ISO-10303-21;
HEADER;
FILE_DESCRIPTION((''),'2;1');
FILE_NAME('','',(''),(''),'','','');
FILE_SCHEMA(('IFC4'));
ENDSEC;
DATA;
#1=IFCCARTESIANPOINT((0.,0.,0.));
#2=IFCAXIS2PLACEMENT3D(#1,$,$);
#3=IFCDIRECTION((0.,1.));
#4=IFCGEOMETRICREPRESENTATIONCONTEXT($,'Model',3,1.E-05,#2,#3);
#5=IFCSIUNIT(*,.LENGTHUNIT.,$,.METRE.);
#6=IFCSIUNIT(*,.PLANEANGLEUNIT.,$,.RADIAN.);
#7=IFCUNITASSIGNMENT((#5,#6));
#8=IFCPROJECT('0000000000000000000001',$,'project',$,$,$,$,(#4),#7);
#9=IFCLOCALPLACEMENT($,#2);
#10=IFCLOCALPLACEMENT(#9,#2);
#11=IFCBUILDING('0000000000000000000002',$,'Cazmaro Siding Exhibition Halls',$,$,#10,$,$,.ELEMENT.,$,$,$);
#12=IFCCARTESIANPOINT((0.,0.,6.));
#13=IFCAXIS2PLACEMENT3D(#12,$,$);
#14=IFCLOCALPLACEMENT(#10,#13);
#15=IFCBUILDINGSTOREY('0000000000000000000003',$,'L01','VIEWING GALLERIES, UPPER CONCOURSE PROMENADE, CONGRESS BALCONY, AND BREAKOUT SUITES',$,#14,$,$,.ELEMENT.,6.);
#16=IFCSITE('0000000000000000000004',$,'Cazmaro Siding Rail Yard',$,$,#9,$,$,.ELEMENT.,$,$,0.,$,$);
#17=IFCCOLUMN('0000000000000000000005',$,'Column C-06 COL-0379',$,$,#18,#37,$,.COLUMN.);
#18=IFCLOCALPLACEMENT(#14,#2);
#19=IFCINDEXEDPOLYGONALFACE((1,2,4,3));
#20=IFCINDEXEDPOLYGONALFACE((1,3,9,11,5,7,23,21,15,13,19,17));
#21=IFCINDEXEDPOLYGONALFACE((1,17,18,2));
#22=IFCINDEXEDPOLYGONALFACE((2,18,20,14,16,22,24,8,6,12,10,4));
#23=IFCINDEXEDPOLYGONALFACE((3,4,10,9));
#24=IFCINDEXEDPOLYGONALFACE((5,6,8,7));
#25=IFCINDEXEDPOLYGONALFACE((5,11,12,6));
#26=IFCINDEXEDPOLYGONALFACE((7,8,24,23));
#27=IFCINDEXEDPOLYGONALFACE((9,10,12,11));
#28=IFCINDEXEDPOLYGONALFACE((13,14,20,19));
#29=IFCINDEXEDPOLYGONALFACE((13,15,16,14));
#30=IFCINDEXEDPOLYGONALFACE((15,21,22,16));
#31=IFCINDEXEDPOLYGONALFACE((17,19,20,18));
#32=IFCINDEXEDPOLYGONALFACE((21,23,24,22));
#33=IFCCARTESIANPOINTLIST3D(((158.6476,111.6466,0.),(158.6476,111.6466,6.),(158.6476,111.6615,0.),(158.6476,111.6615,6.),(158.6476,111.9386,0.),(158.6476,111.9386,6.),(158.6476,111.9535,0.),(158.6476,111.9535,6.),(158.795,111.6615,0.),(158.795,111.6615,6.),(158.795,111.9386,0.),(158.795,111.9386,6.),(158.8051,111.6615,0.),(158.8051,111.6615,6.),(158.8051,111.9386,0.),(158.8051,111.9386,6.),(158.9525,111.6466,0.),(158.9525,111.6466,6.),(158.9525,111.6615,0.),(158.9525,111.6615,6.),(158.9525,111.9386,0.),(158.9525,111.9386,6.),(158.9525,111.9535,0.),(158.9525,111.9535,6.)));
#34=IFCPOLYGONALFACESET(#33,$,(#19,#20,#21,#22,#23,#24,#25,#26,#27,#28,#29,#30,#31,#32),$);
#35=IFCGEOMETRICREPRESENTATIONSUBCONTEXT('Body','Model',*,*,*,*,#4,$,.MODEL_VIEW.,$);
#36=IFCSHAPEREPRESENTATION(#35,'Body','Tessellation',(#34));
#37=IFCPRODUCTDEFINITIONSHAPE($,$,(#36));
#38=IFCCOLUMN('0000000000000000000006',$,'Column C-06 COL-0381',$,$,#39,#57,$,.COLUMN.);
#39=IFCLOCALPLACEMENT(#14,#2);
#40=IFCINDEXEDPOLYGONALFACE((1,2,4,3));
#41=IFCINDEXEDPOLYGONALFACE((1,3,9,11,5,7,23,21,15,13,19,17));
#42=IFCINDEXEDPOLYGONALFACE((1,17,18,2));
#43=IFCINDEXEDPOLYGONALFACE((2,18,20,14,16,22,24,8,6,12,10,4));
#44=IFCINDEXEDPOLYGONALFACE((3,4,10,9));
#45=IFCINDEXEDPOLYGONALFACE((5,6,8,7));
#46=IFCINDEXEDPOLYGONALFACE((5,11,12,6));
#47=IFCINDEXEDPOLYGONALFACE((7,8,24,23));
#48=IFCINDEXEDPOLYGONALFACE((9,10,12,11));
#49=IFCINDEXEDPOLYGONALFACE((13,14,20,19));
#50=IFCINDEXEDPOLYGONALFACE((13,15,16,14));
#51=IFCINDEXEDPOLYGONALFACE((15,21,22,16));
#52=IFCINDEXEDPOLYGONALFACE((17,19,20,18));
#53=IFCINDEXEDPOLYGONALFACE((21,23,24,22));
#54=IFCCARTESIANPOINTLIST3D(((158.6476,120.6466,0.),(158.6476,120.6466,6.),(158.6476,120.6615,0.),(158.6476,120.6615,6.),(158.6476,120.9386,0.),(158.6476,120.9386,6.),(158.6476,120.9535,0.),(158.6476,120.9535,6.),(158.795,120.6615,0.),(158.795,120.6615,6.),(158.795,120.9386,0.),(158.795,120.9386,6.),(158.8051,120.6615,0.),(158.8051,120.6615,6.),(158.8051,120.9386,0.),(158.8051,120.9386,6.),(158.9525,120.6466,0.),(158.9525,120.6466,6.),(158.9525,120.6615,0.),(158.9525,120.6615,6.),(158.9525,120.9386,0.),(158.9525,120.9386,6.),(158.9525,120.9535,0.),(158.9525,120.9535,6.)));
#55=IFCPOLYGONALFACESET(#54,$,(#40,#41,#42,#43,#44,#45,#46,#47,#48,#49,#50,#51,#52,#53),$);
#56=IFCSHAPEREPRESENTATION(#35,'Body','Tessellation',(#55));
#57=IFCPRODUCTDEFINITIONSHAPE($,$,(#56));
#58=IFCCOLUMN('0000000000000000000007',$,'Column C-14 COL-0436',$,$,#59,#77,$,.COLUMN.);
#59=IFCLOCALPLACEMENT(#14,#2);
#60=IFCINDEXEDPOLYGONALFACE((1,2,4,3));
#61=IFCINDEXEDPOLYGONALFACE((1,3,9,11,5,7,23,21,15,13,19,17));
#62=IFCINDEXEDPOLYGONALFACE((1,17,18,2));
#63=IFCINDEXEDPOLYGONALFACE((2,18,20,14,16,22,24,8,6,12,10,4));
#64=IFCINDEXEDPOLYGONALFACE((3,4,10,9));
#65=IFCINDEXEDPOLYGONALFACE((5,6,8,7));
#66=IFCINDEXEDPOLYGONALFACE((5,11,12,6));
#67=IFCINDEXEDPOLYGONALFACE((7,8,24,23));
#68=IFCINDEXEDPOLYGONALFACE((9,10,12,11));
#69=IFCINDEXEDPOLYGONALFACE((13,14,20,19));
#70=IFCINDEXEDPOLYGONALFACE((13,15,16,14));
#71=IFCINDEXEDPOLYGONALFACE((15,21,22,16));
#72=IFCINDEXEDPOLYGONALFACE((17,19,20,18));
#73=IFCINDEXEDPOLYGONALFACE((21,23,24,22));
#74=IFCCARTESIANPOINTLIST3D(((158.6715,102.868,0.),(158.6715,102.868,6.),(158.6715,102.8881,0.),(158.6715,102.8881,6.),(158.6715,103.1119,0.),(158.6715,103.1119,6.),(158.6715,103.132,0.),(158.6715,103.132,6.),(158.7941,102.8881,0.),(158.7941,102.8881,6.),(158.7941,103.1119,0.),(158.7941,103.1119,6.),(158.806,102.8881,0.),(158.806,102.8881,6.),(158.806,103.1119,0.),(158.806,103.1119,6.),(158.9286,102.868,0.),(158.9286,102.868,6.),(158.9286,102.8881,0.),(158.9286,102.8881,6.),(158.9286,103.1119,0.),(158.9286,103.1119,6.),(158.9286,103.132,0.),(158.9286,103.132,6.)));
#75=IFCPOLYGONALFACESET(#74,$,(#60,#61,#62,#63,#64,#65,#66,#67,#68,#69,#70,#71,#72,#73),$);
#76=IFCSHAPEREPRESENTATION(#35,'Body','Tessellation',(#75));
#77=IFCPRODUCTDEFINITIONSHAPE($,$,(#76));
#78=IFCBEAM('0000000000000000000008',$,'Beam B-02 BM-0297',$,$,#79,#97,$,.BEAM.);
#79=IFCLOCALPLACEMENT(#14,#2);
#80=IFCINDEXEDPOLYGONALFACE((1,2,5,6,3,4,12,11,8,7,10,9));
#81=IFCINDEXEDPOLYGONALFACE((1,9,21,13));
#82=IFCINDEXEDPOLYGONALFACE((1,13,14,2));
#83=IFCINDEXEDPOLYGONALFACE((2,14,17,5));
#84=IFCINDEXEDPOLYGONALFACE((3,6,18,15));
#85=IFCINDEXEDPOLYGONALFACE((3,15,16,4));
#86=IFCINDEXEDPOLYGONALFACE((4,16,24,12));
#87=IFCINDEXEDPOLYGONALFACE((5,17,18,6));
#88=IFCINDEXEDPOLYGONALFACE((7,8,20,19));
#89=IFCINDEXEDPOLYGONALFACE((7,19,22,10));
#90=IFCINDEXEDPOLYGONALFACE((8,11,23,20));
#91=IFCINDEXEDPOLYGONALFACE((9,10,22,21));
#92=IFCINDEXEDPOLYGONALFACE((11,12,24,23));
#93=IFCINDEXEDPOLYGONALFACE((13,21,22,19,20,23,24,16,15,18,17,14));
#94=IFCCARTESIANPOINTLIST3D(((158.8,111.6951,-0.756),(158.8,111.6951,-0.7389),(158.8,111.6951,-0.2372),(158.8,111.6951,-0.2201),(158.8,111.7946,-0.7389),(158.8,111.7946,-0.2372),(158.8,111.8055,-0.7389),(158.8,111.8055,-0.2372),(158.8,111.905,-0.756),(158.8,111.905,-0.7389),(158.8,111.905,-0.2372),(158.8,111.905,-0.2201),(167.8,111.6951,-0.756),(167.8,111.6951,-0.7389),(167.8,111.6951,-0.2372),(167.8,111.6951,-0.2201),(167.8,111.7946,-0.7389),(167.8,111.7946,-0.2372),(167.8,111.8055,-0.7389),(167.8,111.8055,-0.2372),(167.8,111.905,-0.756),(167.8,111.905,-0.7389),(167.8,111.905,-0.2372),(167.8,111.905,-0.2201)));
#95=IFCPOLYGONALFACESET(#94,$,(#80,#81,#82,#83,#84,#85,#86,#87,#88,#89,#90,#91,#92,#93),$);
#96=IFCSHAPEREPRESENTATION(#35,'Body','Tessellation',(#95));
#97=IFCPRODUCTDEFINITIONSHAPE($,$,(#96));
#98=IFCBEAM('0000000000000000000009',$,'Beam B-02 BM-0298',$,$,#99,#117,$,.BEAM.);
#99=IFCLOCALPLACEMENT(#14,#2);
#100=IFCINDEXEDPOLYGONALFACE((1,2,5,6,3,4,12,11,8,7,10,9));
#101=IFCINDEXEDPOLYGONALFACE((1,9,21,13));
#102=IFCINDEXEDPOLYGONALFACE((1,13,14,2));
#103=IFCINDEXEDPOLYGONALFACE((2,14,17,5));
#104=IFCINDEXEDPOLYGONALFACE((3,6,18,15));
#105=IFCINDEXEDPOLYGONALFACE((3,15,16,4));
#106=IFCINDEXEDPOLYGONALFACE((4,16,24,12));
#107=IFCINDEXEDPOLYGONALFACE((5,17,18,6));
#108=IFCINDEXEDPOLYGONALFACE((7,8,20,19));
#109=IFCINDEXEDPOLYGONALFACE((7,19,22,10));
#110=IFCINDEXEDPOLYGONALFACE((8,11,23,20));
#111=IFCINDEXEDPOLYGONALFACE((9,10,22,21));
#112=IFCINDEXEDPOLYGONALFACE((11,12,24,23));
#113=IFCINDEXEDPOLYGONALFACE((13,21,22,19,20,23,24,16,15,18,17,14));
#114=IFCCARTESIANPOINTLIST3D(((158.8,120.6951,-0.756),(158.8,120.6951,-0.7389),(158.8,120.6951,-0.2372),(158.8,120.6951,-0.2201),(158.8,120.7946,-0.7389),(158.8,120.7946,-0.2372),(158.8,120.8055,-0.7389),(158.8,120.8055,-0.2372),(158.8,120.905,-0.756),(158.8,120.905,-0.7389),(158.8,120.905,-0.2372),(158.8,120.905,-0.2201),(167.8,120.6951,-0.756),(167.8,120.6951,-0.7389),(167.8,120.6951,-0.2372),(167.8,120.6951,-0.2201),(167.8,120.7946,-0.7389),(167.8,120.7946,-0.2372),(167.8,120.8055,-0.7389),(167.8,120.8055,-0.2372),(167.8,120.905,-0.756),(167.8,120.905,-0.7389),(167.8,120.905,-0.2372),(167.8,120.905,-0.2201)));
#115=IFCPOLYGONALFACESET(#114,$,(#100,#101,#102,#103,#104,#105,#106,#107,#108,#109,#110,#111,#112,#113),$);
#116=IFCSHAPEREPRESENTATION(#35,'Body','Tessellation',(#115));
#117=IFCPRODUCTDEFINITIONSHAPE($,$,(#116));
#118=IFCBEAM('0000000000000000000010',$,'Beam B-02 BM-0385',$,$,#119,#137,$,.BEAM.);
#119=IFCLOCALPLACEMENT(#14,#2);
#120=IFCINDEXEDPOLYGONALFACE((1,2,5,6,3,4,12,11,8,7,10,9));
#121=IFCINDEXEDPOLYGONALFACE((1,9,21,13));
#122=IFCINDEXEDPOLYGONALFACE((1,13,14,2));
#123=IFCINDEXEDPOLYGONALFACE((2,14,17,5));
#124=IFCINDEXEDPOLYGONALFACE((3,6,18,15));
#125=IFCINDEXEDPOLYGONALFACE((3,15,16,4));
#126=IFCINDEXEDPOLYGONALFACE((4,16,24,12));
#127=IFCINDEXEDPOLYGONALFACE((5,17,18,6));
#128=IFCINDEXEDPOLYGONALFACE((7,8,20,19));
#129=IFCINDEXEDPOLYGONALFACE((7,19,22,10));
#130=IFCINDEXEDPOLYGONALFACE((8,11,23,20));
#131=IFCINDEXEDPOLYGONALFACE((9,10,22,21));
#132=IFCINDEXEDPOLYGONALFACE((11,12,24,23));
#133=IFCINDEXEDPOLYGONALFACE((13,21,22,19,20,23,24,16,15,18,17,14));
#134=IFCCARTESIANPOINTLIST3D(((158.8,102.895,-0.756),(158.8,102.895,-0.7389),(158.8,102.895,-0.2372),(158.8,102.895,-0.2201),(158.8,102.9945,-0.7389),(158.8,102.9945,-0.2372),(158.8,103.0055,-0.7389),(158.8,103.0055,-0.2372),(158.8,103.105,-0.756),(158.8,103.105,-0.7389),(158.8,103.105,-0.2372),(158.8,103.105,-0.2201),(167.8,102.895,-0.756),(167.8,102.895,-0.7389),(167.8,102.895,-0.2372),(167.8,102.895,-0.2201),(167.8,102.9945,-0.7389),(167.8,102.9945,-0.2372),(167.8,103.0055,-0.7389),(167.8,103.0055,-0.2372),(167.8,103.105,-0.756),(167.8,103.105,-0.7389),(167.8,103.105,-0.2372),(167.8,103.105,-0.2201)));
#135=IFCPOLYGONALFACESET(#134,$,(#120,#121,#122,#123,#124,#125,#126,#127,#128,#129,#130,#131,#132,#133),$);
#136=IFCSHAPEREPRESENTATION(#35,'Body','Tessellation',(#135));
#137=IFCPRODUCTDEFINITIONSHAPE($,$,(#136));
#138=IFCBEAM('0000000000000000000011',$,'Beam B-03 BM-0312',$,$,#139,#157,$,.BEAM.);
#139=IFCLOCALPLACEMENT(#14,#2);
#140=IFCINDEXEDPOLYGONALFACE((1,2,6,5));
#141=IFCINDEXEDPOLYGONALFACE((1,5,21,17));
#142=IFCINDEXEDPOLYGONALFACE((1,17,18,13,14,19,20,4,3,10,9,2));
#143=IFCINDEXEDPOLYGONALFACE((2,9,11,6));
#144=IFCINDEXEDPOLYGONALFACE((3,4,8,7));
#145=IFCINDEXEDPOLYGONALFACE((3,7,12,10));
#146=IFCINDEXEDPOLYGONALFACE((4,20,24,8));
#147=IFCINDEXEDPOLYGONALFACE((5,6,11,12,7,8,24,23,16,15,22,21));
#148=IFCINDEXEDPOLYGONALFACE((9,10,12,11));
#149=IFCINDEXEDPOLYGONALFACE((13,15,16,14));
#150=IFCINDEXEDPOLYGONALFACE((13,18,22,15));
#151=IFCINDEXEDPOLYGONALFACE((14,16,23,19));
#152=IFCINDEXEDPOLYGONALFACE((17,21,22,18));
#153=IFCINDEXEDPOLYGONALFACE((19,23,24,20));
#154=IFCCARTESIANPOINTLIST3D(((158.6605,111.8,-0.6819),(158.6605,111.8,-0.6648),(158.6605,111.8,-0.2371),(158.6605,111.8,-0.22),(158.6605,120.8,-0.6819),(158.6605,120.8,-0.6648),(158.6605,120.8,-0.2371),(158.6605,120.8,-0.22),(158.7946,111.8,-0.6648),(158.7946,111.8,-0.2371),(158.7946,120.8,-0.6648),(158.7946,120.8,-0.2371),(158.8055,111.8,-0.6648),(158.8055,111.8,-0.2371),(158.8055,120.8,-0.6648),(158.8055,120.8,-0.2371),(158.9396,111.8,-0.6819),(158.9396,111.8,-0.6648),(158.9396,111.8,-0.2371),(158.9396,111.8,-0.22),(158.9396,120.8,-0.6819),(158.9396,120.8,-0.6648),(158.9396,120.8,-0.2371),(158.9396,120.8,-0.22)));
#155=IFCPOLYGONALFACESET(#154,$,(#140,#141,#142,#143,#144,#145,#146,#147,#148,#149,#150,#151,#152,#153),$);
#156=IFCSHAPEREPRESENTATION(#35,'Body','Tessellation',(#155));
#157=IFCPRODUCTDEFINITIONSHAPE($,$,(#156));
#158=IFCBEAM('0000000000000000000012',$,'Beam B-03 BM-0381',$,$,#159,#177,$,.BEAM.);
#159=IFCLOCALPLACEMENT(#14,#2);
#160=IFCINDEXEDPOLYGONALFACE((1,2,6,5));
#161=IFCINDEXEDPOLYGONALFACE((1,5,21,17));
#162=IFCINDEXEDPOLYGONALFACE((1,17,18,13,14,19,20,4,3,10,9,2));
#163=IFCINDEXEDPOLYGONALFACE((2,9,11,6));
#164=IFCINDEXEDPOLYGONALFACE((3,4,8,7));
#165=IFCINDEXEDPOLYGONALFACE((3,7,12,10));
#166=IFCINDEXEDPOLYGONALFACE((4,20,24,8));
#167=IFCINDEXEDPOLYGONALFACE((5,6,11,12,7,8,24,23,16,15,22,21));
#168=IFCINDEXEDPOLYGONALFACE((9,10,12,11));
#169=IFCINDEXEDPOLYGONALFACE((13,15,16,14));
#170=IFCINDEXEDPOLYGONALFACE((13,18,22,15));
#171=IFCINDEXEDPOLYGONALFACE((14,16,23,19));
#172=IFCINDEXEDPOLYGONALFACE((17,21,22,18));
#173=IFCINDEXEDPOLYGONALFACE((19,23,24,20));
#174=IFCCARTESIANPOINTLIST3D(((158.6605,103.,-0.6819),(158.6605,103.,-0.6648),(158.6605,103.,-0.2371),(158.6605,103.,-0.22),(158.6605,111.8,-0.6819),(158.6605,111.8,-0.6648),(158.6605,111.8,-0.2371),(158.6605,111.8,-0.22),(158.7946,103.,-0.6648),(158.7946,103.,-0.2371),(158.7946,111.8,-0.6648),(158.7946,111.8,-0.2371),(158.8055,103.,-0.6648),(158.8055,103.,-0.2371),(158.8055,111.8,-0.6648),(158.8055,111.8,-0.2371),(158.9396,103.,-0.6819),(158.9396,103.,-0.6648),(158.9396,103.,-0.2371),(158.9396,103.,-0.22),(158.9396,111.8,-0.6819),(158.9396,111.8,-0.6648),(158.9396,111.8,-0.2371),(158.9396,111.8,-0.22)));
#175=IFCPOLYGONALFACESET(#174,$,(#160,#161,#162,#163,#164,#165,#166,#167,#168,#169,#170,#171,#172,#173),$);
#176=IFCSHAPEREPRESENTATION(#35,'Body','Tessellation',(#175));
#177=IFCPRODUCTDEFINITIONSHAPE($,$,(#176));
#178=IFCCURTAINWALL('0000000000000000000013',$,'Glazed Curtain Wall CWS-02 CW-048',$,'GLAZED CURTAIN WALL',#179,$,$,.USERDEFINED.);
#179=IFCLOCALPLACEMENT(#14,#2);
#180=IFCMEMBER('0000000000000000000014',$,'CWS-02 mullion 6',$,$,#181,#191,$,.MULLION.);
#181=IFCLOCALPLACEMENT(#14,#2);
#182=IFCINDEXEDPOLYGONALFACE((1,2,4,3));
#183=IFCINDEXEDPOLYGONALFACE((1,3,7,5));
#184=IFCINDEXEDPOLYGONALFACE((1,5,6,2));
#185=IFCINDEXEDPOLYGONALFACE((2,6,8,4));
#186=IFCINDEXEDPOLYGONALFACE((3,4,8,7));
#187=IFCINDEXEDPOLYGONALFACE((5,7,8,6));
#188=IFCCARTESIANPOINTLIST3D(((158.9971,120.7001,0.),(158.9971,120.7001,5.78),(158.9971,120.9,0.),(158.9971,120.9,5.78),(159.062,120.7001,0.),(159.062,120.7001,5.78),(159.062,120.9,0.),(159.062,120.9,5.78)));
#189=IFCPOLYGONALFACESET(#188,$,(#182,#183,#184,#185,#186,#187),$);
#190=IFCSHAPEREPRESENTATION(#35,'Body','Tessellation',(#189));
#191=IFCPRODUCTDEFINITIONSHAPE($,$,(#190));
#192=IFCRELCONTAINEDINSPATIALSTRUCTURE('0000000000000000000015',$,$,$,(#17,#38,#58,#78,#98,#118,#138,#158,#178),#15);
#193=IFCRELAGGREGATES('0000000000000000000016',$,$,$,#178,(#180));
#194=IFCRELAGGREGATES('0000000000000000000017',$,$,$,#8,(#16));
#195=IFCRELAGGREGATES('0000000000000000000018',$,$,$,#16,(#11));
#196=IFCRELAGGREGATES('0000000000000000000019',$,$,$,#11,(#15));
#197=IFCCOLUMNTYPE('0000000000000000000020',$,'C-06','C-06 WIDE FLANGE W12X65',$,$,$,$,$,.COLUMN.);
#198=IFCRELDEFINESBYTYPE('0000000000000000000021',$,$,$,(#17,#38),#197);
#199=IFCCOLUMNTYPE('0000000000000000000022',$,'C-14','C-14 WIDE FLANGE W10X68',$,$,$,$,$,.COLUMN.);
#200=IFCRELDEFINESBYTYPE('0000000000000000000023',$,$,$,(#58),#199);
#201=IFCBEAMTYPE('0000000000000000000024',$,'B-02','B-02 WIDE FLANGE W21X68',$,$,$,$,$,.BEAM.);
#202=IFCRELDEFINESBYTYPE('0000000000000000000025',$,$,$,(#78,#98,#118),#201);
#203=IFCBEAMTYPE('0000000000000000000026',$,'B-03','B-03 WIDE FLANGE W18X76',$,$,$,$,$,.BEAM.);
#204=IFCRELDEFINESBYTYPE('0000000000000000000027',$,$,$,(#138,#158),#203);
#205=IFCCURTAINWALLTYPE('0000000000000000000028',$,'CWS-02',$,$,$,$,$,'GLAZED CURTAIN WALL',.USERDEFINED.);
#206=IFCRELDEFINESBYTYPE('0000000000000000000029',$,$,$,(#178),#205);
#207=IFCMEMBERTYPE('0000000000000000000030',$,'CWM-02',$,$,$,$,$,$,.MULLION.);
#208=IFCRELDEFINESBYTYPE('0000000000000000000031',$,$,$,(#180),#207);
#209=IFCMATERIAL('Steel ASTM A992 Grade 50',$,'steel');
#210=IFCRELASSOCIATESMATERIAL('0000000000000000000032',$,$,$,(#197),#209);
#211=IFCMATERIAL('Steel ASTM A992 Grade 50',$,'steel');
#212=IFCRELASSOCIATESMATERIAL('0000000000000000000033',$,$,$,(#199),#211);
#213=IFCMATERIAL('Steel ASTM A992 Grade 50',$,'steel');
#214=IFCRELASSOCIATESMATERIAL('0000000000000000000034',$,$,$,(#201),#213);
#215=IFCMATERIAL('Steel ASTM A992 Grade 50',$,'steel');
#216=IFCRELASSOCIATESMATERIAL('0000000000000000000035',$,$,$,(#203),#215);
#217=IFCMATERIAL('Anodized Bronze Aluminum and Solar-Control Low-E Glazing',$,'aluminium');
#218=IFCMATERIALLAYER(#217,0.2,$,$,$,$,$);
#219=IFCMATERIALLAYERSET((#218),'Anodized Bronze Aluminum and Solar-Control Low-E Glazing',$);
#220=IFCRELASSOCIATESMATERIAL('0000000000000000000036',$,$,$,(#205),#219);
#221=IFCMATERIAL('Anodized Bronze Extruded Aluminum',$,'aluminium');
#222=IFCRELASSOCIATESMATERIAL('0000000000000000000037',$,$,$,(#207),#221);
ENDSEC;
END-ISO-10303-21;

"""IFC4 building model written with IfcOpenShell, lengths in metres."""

from ifc_helpers import new_model, si_unit, direction, frame, origin, origin_2d, place, context, subcontext, project, spatial, rectangle, i_section, extrude, material, layer, layer_set, material_profile, profile_set, type_object, element, aggregate, save


model = new_model("IFC4")

# Units and contexts
model_context = context("Model", 3, precision=1e-05, world=origin(), true_north=direction((0.0, 1.0)))
body_context = subcontext(model_context, "Body", "Model", "MODEL_VIEW")
ifc_project = project(units=[si_unit("LENGTHUNIT", "METRE"), si_unit("PLANEANGLEUNIT", "RADIAN")], contexts=[model_context])

# Site, building, storey
site_placement = place(None, origin())
site = spatial("IfcSite", under=ifc_project, at=site_placement, Name="Cazmaro Siding Rail Yard", CompositionType="ELEMENT", RefElevation=0.0)
building_placement = place(site_placement, origin())
building = spatial("IfcBuilding", under=site, at=building_placement, Name="Cazmaro Siding Exhibition Halls", CompositionType="ELEMENT")
storey_placement = place(building_placement, frame((0.0, 0.0, 6.0)))
storey = spatial("IfcBuildingStorey", under=building, at=storey_placement, Name="L01", Description="VIEWING GALLERIES, UPPER CONCOURSE PROMENADE, CONGRESS BALCONY, AND BREAKOUT SUITES", CompositionType="ELEMENT", Elevation=6.0)

# Columns
ifc_material_1 = material(Name="Steel ASTM A992 Grade 50", Category="steel")
ifc_material_profile_1 = material_profile(ifc_material_1, i_section(OverallWidth=0.3049, OverallDepth=0.3069, WebThickness=0.01, FlangeThickness=0.0149, at=origin_2d()), Name="W12X65")
ifc_profile_set_1 = profile_set([ifc_material_profile_1], Name="Steel ASTM A992 Grade 50")
column_type_1 = type_object("IfcColumnType", Name="C-06", Description="C-06 WIDE FLANGE W12X65", PredefinedType="COLUMN", material=ifc_profile_set_1)
for number, where, z_axis, x_axis, name in (
    (1, (158.8, 111.8, 0.0), (0.0, 0.0, 1.0), (1.0, 0.0, 0.0), "Column C-06 COL-0379"),
    (2, (158.8, 120.8, 0.0), (0.0, 0.0, 1.0), (1.0, 0.0, 0.0), "Column C-06 COL-0381"),
):
    element("IfcColumn", number, at=place(storey_placement, frame(where, z_axis=z_axis, x_axis=x_axis)), inside=storey, type_object=column_type_1, Name=name, PredefinedType="COLUMN", context=body_context, shape_type="SweptSolid", body=[
        extrude(i_section(OverallWidth=0.3049, OverallDepth=0.3069, WebThickness=0.01, FlangeThickness=0.0149, at=origin_2d()), origin(), (0.0, 0.0, 1.0), 6.0),
    ])
ifc_material_2 = material(Name="Steel ASTM A992 Grade 50", Category="steel")
ifc_material_profile_2 = material_profile(ifc_material_2, i_section(OverallWidth=0.2571, OverallDepth=0.2639, WebThickness=0.012, FlangeThickness=0.02, at=origin_2d()), Name="W10X68")
ifc_profile_set_2 = profile_set([ifc_material_profile_2], Name="Steel ASTM A992 Grade 50")
column_type_2 = type_object("IfcColumnType", Name="C-14", Description="C-14 WIDE FLANGE W10X68", PredefinedType="COLUMN", material=ifc_profile_set_2)
column_placement = place(storey_placement, frame((158.8, 103.0, 0.0), z_axis=(0.0, 0.0, 1.0), x_axis=(1.0, 0.0, 0.0)))
element("IfcColumn", 3, at=column_placement, inside=storey, type_object=column_type_2, Name="Column C-14 COL-0436", PredefinedType="COLUMN", context=body_context, shape_type="SweptSolid", body=[
    extrude(i_section(OverallWidth=0.2571, OverallDepth=0.2639, WebThickness=0.012, FlangeThickness=0.02, at=origin_2d()), origin(), (0.0, 0.0, 1.0), 6.0),
])

# Beams
ifc_material_3 = material(Name="Steel ASTM A992 Grade 50", Category="steel")
ifc_material_profile_3 = material_profile(ifc_material_3, i_section(OverallWidth=0.21, OverallDepth=0.5359, WebThickness=0.011, FlangeThickness=0.0171, at=origin_2d()), Name="W21X68")
ifc_profile_set_3 = profile_set([ifc_material_profile_3], Name="Steel ASTM A992 Grade 50")
beam_type_1 = type_object("IfcBeamType", Name="B-02", Description="B-02 WIDE FLANGE W21X68", PredefinedType="BEAM", material=ifc_profile_set_3)
for number, where, z_axis, x_axis, name in (
    (4, (158.8, 111.8, -0.488), (1.0, 0.0, 0.0), (0.0, 1.0, 0.0), "Beam B-02 BM-0297"),
    (5, (158.8, 120.8, -0.488), (1.0, 0.0, 0.0), (0.0, 1.0, 0.0), "Beam B-02 BM-0298"),
    (6, (158.8, 103.0, -0.488), (1.0, 0.0, 0.0), (0.0, 1.0, 0.0), "Beam B-02 BM-0385"),
):
    element("IfcBeam", number, at=place(storey_placement, frame(where, z_axis=z_axis, x_axis=x_axis)), inside=storey, type_object=beam_type_1, Name=name, PredefinedType="BEAM", context=body_context, shape_type="SweptSolid", body=[
        extrude(i_section(OverallWidth=0.21, OverallDepth=0.5359, WebThickness=0.011, FlangeThickness=0.0171, at=origin_2d()), origin(), (0.0, 0.0, 1.0), 9.0),
    ])
ifc_material_4 = material(Name="Steel ASTM A992 Grade 50", Category="steel")
ifc_material_profile_4 = material_profile(ifc_material_4, i_section(OverallWidth=0.2791, OverallDepth=0.4619, WebThickness=0.011, FlangeThickness=0.0171, at=origin_2d()), Name="W18X76")
ifc_profile_set_4 = profile_set([ifc_material_profile_4], Name="Steel ASTM A992 Grade 50")
beam_type_2 = type_object("IfcBeamType", Name="B-03", Description="B-03 WIDE FLANGE W18X76", PredefinedType="BEAM", material=ifc_profile_set_4)
beam_1_placement = place(storey_placement, frame((158.8, 111.8, -0.4509), z_axis=(0.0, 1.0, 0.0), x_axis=(-1.0, 0.0, 0.0)))
element("IfcBeam", 7, at=beam_1_placement, inside=storey, type_object=beam_type_2, Name="Beam B-03 BM-0312", PredefinedType="BEAM", context=body_context, shape_type="SweptSolid", body=[
    extrude(i_section(OverallWidth=0.2791, OverallDepth=0.4619, WebThickness=0.011, FlangeThickness=0.0171, at=origin_2d()), origin(), (0.0, 0.0, 1.0), 9.0),
])
beam_2_placement = place(storey_placement, frame((158.8, 103.0, -0.4509), z_axis=(0.0, 1.0, 0.0), x_axis=(-1.0, 0.0, 0.0)))
element("IfcBeam", 8, at=beam_2_placement, inside=storey, type_object=beam_type_2, Name="Beam B-03 BM-0381", PredefinedType="BEAM", context=body_context, shape_type="SweptSolid", body=[
    extrude(i_section(OverallWidth=0.2791, OverallDepth=0.4619, WebThickness=0.011, FlangeThickness=0.0171, at=origin_2d()), origin(), (0.0, 0.0, 1.0), 8.8),
])

# Curtain wall, member
ifc_material_5 = material(Name="Anodized Bronze Aluminum and Solar-Control Low-E Glazing", Category="aluminium")
ifc_layer_1 = layer(ifc_material_5, 0.2)
ifc_layer_set_1 = layer_set([ifc_layer_1], Name="Anodized Bronze Aluminum and Solar-Control Low-E Glazing")
curtain_wall_type_1 = type_object("IfcCurtainWallType", Name="CWS-02", ElementType="GLAZED CURTAIN WALL", PredefinedType="USERDEFINED", material=ifc_layer_set_1)
curtain_wall_1_placement = place(storey_placement, origin())
curtain_wall_1 = element("IfcCurtainWall", 9, at=curtain_wall_1_placement, inside=storey, type_object=curtain_wall_type_1, Name="Glazed Curtain Wall CWS-02 CW-048", ObjectType="GLAZED CURTAIN WALL", PredefinedType="USERDEFINED")
ifc_material_6 = material(Name="Anodized Bronze Extruded Aluminum", Category="aluminium")
ifc_material_profile_5 = material_profile(ifc_material_6, rectangle(XDim=0.2, YDim=0.0649, at=origin_2d()), Name="CWM-02")
ifc_profile_set_5 = profile_set([ifc_material_profile_5], Name="Anodized Bronze Extruded Aluminum")
member_type_1 = type_object("IfcMemberType", Name="CWM-02", PredefinedType="MULLION", material=ifc_profile_set_5)
member_1_placement = place(storey_placement, frame((159.0295, 120.8, 0.0), z_axis=(0.0, 0.0, 1.0), x_axis=(0.0, -1.0, 0.0)))
member_1 = element("IfcMember", 10, at=member_1_placement, type_object=member_type_1, Name="CWS-02 mullion 6", PredefinedType="MULLION", context=body_context, shape_type="SweptSolid", body=[
    extrude(rectangle(XDim=0.2, YDim=0.0649, at=origin_2d()), origin(), (0.0, 0.0, 1.0), 5.78),
])

aggregate(curtain_wall_1, [member_1])

save(model, "model.ifc")
